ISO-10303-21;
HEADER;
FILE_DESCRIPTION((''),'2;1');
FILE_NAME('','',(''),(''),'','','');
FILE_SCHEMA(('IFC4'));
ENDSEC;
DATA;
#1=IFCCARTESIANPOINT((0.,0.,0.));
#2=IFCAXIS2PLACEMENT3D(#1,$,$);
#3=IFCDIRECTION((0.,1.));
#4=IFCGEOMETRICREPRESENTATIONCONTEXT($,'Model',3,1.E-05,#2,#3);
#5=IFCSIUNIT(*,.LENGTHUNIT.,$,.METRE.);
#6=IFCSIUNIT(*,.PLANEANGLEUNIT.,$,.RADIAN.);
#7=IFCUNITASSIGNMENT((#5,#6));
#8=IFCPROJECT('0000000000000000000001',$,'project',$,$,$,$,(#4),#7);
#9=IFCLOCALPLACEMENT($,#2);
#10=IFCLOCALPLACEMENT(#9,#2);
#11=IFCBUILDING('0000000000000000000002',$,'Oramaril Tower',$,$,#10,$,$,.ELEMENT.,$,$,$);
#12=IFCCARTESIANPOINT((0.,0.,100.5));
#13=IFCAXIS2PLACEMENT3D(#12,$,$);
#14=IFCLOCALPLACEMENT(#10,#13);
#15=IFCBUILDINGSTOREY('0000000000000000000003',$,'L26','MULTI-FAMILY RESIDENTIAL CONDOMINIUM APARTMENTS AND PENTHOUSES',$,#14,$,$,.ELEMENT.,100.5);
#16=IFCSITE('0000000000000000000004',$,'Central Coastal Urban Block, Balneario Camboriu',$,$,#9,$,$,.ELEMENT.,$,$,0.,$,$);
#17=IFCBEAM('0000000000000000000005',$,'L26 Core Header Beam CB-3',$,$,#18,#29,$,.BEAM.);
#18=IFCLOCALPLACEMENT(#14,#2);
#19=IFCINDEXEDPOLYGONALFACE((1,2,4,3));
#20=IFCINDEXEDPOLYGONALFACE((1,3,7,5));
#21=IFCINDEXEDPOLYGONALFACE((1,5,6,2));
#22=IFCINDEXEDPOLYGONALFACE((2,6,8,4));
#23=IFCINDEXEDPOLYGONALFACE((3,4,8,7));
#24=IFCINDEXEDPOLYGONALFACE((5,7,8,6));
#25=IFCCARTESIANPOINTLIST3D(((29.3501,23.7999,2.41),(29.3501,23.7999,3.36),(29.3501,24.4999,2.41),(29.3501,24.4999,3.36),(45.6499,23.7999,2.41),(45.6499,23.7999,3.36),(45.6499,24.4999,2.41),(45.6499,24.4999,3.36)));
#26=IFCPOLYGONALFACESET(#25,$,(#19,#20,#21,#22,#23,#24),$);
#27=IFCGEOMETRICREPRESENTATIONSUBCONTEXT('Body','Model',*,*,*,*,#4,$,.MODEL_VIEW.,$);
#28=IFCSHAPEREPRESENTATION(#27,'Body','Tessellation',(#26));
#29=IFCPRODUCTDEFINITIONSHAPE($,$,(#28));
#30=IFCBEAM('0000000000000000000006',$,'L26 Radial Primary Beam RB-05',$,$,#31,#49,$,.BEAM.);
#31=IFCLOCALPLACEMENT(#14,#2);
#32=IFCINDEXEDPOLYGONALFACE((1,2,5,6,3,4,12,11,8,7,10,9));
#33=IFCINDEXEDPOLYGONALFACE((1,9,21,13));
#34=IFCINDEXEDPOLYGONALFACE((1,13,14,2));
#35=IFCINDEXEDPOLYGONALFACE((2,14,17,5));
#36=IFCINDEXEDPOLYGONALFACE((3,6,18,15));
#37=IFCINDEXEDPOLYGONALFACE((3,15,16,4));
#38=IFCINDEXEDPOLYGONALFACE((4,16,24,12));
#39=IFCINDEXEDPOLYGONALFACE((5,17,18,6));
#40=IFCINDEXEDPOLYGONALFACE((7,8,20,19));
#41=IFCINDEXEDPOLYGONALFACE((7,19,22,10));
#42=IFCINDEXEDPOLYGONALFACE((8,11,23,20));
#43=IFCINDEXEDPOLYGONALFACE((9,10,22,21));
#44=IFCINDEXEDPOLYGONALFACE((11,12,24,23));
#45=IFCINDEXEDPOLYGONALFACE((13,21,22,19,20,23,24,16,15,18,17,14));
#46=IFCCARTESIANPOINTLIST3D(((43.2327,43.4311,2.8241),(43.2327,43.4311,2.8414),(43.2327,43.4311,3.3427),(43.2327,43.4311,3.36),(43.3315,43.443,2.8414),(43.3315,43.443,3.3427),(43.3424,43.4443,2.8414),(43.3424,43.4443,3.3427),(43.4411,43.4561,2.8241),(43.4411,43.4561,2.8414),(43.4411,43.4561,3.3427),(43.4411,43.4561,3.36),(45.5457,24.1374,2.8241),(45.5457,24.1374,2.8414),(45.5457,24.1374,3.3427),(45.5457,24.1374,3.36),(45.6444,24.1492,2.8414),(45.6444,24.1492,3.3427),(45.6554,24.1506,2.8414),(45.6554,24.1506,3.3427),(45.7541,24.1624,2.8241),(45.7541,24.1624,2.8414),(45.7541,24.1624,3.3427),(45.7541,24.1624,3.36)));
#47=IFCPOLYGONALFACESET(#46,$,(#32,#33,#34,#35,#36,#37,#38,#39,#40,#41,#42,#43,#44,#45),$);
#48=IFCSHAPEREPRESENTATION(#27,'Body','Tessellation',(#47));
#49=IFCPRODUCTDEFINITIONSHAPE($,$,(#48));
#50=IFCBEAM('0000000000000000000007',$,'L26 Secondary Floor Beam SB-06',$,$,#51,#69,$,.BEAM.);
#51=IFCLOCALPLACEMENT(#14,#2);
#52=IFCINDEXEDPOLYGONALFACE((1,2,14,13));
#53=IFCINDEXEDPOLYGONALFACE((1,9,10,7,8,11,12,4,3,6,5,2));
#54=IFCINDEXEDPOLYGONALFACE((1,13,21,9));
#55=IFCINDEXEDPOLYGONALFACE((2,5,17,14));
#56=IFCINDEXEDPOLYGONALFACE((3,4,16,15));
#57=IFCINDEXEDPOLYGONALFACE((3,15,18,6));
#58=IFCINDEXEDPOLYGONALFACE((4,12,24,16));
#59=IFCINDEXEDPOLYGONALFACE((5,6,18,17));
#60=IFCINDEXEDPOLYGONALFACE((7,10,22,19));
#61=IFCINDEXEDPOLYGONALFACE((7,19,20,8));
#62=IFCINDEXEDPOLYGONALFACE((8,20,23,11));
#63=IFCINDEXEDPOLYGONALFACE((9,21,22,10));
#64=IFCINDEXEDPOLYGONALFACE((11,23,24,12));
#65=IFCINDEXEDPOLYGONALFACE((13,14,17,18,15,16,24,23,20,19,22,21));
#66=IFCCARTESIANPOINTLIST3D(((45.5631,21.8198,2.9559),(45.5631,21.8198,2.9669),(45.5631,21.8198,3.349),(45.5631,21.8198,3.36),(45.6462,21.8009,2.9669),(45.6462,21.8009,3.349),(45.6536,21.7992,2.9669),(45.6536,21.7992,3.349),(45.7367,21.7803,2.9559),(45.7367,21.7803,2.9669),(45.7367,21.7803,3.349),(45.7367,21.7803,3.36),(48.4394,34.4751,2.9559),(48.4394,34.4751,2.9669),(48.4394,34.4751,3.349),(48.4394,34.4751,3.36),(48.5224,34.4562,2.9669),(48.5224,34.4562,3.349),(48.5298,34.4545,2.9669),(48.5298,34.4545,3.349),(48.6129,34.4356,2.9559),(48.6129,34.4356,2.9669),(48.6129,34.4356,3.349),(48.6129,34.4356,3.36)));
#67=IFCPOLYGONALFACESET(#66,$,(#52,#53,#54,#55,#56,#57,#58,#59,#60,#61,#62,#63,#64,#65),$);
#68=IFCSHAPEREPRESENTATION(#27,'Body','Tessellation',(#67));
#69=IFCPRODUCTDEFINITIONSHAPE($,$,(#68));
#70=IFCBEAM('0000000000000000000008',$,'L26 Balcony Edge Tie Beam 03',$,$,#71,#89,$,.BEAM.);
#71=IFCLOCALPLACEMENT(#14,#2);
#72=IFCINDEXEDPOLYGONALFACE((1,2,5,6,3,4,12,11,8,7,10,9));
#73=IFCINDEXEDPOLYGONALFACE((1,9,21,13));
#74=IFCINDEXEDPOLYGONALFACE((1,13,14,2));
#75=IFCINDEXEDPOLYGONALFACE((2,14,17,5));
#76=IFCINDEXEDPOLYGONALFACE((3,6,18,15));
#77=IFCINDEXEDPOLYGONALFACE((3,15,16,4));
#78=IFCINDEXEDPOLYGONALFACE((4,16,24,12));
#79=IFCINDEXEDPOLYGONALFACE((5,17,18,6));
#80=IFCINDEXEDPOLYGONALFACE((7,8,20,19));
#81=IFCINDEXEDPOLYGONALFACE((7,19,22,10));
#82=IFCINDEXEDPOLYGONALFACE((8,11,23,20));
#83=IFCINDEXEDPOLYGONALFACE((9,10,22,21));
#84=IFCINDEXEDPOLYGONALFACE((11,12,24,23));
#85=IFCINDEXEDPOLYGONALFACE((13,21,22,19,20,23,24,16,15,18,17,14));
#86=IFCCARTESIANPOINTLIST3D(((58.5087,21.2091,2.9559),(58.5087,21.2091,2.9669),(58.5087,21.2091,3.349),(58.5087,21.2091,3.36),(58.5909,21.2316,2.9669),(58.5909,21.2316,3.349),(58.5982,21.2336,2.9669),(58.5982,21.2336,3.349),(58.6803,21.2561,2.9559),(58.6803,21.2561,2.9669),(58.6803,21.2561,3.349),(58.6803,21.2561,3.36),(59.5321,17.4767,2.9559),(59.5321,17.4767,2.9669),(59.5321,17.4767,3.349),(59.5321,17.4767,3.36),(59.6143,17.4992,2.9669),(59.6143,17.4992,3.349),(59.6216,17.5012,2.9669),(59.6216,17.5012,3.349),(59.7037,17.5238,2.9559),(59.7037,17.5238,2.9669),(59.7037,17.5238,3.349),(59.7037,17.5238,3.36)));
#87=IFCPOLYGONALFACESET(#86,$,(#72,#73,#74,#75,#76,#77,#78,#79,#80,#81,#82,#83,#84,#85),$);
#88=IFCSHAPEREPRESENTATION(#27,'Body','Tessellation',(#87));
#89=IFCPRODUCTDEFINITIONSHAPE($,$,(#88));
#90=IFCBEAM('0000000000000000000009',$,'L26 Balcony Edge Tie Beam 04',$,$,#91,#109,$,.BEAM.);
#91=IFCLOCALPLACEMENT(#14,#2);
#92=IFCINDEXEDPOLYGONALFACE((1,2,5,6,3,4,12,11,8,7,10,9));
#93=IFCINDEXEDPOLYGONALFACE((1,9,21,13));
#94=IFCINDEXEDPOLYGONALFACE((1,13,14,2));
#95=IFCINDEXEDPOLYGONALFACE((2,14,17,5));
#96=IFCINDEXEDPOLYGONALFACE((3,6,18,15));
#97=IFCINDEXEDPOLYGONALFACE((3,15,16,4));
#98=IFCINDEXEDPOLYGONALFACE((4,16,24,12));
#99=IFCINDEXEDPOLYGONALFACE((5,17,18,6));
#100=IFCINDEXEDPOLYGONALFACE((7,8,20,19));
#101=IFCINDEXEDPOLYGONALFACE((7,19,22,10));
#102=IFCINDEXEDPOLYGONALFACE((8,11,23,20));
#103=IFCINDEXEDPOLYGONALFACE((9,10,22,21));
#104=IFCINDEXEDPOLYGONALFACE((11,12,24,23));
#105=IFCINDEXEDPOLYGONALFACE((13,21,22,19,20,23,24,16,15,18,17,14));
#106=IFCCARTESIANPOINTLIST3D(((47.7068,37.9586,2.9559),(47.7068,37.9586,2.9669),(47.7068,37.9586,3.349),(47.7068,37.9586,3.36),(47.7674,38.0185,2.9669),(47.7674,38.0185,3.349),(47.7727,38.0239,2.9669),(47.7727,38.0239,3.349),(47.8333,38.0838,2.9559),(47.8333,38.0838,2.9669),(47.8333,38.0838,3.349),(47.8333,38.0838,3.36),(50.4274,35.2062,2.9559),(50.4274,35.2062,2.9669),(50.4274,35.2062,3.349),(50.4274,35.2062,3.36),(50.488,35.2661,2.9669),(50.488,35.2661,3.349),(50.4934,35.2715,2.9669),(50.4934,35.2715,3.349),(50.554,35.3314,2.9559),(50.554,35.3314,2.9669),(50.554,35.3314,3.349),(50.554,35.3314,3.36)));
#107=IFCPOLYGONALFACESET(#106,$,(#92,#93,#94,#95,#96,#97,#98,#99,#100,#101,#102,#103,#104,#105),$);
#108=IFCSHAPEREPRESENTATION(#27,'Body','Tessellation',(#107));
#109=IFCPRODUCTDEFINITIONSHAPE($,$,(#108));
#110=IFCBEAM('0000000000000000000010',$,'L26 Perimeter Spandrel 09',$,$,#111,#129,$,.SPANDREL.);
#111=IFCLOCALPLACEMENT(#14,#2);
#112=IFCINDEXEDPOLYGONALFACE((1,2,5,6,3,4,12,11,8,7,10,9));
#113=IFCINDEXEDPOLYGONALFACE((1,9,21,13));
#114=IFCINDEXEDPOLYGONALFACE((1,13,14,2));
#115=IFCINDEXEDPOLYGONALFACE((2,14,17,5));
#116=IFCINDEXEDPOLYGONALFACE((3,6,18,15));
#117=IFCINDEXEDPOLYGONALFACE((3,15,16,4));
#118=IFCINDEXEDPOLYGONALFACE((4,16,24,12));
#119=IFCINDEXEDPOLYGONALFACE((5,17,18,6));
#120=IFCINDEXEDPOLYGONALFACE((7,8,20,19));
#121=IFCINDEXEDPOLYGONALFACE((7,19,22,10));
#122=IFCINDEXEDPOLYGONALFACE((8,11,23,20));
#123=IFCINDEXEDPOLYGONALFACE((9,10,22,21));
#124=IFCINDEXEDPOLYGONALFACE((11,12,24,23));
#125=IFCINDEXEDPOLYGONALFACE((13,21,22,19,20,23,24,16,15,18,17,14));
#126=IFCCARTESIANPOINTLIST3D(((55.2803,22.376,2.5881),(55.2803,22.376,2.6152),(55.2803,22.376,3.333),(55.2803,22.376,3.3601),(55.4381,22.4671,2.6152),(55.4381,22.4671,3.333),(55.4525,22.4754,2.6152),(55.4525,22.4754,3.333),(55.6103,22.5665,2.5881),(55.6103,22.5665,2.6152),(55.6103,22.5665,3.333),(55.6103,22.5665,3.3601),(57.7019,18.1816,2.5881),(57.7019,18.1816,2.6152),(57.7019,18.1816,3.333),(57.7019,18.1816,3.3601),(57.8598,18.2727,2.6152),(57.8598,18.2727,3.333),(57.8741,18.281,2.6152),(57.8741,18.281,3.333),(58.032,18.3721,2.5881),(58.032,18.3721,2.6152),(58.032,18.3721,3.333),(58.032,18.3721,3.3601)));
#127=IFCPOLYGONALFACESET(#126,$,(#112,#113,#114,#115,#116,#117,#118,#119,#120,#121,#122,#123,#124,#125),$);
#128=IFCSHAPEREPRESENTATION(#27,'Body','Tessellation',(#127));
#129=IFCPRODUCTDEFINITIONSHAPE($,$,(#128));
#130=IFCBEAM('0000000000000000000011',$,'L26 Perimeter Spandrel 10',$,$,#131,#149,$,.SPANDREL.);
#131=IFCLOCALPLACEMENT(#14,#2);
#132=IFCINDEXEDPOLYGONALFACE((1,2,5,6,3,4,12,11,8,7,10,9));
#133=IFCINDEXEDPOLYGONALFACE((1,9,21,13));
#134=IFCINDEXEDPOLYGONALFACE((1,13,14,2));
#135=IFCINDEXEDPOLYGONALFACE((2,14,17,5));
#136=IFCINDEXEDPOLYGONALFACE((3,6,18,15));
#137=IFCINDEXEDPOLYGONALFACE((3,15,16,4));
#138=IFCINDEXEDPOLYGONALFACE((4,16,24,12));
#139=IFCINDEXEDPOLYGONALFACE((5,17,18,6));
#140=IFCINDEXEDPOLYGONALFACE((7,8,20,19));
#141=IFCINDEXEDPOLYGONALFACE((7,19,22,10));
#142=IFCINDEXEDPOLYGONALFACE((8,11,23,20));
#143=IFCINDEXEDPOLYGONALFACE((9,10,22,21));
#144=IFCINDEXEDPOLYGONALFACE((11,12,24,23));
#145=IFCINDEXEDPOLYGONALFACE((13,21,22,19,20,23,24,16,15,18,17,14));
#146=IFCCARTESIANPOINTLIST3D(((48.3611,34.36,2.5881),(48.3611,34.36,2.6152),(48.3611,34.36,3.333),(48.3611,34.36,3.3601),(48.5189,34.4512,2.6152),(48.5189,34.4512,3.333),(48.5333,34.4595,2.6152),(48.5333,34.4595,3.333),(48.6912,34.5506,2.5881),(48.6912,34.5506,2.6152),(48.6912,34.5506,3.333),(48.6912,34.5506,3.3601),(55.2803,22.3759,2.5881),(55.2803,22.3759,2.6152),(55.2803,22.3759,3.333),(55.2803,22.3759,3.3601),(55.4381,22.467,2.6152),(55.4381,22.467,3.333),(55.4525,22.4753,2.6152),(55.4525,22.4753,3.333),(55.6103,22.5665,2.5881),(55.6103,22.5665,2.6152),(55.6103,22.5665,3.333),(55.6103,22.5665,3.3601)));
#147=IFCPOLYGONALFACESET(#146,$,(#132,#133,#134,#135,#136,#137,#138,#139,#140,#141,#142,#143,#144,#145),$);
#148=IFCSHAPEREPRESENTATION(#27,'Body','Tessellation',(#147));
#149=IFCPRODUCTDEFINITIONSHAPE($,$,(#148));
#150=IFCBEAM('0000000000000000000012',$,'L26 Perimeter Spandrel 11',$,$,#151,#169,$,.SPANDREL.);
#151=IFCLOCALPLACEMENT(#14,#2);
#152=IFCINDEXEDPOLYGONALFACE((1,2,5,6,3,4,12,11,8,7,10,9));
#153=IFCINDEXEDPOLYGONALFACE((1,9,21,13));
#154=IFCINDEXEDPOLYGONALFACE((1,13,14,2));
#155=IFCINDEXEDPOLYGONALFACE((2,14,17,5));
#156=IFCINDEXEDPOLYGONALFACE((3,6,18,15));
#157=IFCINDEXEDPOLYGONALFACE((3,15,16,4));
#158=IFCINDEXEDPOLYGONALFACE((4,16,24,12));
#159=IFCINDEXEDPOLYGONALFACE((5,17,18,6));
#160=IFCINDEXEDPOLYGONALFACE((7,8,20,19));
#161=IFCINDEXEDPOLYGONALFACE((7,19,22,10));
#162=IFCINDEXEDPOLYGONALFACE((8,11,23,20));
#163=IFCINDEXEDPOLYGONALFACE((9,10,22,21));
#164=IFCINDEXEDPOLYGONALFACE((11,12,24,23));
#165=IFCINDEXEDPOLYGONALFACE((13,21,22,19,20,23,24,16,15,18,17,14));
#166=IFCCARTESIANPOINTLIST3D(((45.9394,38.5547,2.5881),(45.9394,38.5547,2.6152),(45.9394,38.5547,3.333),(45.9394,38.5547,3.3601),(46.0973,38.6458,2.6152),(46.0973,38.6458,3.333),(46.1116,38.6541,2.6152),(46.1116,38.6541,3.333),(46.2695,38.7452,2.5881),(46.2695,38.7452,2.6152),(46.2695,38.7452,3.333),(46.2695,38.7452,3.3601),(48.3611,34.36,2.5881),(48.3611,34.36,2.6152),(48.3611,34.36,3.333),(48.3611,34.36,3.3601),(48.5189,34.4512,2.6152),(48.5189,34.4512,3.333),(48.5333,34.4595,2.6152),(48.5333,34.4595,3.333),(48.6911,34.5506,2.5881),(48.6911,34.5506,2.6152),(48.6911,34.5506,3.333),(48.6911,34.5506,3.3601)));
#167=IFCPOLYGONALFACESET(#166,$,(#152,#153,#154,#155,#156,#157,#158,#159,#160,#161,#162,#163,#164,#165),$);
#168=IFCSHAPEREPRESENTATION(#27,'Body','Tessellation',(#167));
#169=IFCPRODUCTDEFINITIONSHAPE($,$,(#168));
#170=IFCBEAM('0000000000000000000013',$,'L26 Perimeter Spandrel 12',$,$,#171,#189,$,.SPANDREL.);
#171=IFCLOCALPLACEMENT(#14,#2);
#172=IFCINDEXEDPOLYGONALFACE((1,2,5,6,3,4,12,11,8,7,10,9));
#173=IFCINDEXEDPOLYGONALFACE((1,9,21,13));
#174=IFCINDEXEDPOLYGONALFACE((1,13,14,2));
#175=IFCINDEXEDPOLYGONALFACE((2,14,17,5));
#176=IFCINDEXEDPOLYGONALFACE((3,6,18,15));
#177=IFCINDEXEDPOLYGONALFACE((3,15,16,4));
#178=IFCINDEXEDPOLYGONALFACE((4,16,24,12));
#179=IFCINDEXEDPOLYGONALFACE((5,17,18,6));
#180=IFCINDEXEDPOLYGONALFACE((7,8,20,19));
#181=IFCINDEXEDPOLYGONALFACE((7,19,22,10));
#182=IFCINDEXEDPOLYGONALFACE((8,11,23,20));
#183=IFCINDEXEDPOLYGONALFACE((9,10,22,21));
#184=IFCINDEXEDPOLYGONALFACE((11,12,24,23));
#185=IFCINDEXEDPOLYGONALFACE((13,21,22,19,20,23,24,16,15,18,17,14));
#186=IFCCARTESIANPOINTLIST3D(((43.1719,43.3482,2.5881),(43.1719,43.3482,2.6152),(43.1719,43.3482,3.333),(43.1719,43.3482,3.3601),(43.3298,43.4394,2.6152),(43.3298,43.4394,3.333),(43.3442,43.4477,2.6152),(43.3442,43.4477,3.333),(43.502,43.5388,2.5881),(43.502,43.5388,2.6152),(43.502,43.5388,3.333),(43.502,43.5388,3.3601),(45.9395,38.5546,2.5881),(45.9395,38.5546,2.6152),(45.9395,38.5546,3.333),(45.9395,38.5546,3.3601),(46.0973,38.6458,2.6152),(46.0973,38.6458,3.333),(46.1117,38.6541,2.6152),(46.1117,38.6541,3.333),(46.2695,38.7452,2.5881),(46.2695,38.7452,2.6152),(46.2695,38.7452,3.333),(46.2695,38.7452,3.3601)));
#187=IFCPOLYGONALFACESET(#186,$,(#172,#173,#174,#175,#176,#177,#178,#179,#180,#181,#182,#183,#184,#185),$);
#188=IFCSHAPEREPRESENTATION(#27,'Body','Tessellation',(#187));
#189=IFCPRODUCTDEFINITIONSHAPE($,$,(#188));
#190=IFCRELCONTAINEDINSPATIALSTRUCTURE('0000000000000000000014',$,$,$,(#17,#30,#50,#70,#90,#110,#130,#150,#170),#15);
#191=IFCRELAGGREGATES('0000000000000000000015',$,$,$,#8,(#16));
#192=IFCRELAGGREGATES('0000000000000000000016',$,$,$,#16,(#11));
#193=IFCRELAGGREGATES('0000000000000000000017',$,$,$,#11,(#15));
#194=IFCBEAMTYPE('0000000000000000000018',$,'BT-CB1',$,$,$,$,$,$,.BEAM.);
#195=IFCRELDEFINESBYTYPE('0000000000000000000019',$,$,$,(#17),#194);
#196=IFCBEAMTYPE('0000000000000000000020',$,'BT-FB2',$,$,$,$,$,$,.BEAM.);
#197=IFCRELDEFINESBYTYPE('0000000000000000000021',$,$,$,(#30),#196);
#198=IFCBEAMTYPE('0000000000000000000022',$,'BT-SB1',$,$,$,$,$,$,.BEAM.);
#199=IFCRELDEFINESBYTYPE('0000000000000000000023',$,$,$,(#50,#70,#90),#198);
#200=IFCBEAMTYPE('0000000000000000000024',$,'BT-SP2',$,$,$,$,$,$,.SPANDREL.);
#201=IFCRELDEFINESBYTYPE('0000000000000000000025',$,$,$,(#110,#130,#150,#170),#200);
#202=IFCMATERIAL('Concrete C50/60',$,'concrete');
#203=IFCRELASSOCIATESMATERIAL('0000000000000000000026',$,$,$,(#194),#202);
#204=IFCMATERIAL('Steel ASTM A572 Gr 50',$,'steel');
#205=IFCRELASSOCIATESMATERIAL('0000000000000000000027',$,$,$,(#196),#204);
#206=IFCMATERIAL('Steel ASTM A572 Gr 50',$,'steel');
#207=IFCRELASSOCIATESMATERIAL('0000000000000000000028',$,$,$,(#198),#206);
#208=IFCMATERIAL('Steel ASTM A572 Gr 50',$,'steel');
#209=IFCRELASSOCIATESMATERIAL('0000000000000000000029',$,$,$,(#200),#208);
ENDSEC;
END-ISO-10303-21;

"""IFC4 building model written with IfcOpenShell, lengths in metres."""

from ifc_helpers import new_model, si_unit, direction, frame, origin, origin_2d, place, context, subcontext, project, spatial, rectangle, i_section, extrude, material, material_profile, profile_set, type_object, element, save


model = new_model("IFC4")

# Units and contexts
model_context = context("Model", 3, precision=1e-05, world=origin(), true_north=direction((0.0, 1.0)))
body_context = subcontext(model_context, "Body", "Model", "MODEL_VIEW")
ifc_project = project(units=[si_unit("LENGTHUNIT", "METRE"), si_unit("PLANEANGLEUNIT", "RADIAN")], contexts=[model_context])

# Site, building, storey
site_placement = place(None, origin())
site = spatial("IfcSite", under=ifc_project, at=site_placement, Name="Central Coastal Urban Block, Balneario Camboriu", CompositionType="ELEMENT", RefElevation=0.0)
building_placement = place(site_placement, origin())
building = spatial("IfcBuilding", under=site, at=building_placement, Name="Oramaril Tower", CompositionType="ELEMENT")
storey_placement = place(building_placement, frame((0.0, 0.0, 100.5)))
storey = spatial("IfcBuildingStorey", under=building, at=storey_placement, Name="L26", Description="MULTI-FAMILY RESIDENTIAL CONDOMINIUM APARTMENTS AND PENTHOUSES", CompositionType="ELEMENT", Elevation=100.5)

# Beams
ifc_material_1 = material(Name="Concrete C50/60", Category="concrete")
ifc_material_profile_1 = material_profile(ifc_material_1, rectangle(XDim=0.7, YDim=0.95, at=origin_2d()), Name="CB700X950")
ifc_profile_set_1 = profile_set([ifc_material_profile_1], Name="Concrete C50/60")
beam_type_1 = type_object("IfcBeamType", Name="BT-CB1", PredefinedType="BEAM", material=ifc_profile_set_1)
beam_1_placement = place(storey_placement, frame((45.6499, 24.1499, 2.885), z_axis=(-1.0, 0.0, 0.0), x_axis=(0.0, -1.0, 0.0)))
element("IfcBeam", 1, at=beam_1_placement, inside=storey, type_object=beam_type_1, Name="L26 Core Header Beam CB-3", PredefinedType="BEAM", context=body_context, shape_type="SweptSolid", body=[
    extrude(rectangle(XDim=0.7, YDim=0.95, at=origin_2d()), origin(), (0.0, 0.0, 1.0), 16.2998),
])
ifc_material_2 = material(Name="Steel ASTM A572 Gr 50", Category="steel")
ifc_material_profile_2 = material_profile(ifc_material_2, i_section(OverallWidth=0.21, OverallDepth=0.5359, WebThickness=0.011, FlangeThickness=0.0173, at=origin_2d()), Name="W21X68")
ifc_profile_set_2 = profile_set([ifc_material_profile_2], Name="Steel ASTM A572 Gr 50")
beam_type_2 = type_object("IfcBeamType", Name="BT-FB2", PredefinedType="BEAM", material=ifc_profile_set_2)
beam_2_placement = place(storey_placement, frame((45.6499, 24.1499, 3.092), z_axis=(-0.119031, 0.992891, 0.0), x_axis=(-0.992891, -0.119031, 0.0)))
element("IfcBeam", 2, at=beam_2_placement, inside=storey, type_object=beam_type_2, Name="L26 Radial Primary Beam RB-05", PredefinedType="BEAM", context=body_context, shape_type="SweptSolid", body=[
    extrude(i_section(OverallWidth=0.21, OverallDepth=0.5359, WebThickness=0.011, FlangeThickness=0.0173, at=origin_2d()), origin(), (0.0, 0.0, 1.0), 19.4319),
])
ifc_material_3 = material(Name="Steel ASTM A572 Gr 50", Category="steel")
ifc_material_profile_3 = material_profile(ifc_material_3, i_section(OverallWidth=0.178, OverallDepth=0.4041, WebThickness=0.0076, FlangeThickness=0.011, at=origin_2d()), Name="W16X36")
ifc_profile_set_3 = profile_set([ifc_material_profile_3], Name="Steel ASTM A572 Gr 50")
beam_type_3 = type_object("IfcBeamType", Name="BT-SB1", PredefinedType="BEAM", material=ifc_profile_set_3)
beam_3_placement = place(storey_placement, frame((45.6499, 21.8, 3.158), z_axis=(0.221623, 0.975132, 0.0), x_axis=(-0.975132, 0.221623, 0.0)))
element("IfcBeam", 3, at=beam_3_placement, inside=storey, type_object=beam_type_3, Name="L26 Secondary Floor Beam SB-06", PredefinedType="BEAM", context=body_context, shape_type="SweptSolid", body=[
    extrude(i_section(OverallWidth=0.178, OverallDepth=0.4041, WebThickness=0.0076, FlangeThickness=0.011, at=origin_2d()), origin(), (0.0, 0.0, 1.0), 12.978),
])
for number, where, z_axis, x_axis, name in (
    (4, (59.6179, 17.5002, 3.158), (-0.264441, 0.964402, 0.0), (-0.964402, -0.264441, 0.0), "L26 Balcony Edge Tie Beam 03"),
    (5, (50.4907, 35.2688, 3.158), (-0.702995, 0.711195, 0.0), (-0.711195, -0.702995, 0.0), "L26 Balcony Edge Tie Beam 04"),
):
    element("IfcBeam", number, at=place(storey_placement, frame(where, z_axis=z_axis, x_axis=x_axis)), inside=storey, type_object=beam_type_3, Name=name, PredefinedType="BEAM", context=body_context, shape_type="SweptSolid", body=[
        extrude(i_section(OverallWidth=0.178, OverallDepth=0.4041, WebThickness=0.0076, FlangeThickness=0.011, at=origin_2d()), origin(), (0.0, 0.0, 1.0), 3.8701),
    ])
ifc_material_4 = material(Name="Steel ASTM A572 Gr 50", Category="steel")
ifc_material_profile_4 = material_profile(ifc_material_4, i_section(OverallWidth=0.3811, OverallDepth=0.772, WebThickness=0.0166, FlangeThickness=0.0271, at=origin_2d()), Name="W30X173")
ifc_profile_set_4 = profile_set([ifc_material_profile_4], Name="Steel ASTM A572 Gr 50")
beam_type_4 = type_object("IfcBeamType", Name="BT-SP2", PredefinedType="SPANDREL", material=ifc_profile_set_4)
beam_4_placement = place(storey_placement, frame((57.8669, 18.2769, 2.9741), z_axis=(-0.500005, 0.866023, 0.0), x_axis=(-0.866023, -0.500005, 0.0)))
element("IfcBeam", 6, at=beam_4_placement, inside=storey, type_object=beam_type_4, Name="L26 Perimeter Spandrel 09", PredefinedType="SPANDREL", context=body_context, shape_type="SweptSolid", body=[
    extrude(i_section(OverallWidth=0.3811, OverallDepth=0.772, WebThickness=0.0166, FlangeThickness=0.0271, at=origin_2d()), origin(), (0.0, 0.0, 1.0), 4.8433),
])
beam_5_placement = place(storey_placement, frame((55.4453, 22.4712, 2.9741), z_axis=(-0.500008, 0.866021, 0.0), x_axis=(-0.866021, -0.500008, 0.0)))
element("IfcBeam", 7, at=beam_5_placement, inside=storey, type_object=beam_type_4, Name="L26 Perimeter Spandrel 10", PredefinedType="SPANDREL", context=body_context, shape_type="SweptSolid", body=[
    extrude(i_section(OverallWidth=0.3811, OverallDepth=0.772, WebThickness=0.0166, FlangeThickness=0.0271, at=origin_2d()), origin(), (0.0, 0.0, 1.0), 13.8381),
])
beam_6_placement = place(storey_placement, frame((48.5261, 34.4553, 2.9741), z_axis=(-0.499983, 0.866035, 0.0), x_axis=(-0.866035, -0.499983, 0.0)))
element("IfcBeam", 8, at=beam_6_placement, inside=storey, type_object=beam_type_4, Name="L26 Perimeter Spandrel 11", PredefinedType="SPANDREL", context=body_context, shape_type="SweptSolid", body=[
    extrude(i_section(OverallWidth=0.3811, OverallDepth=0.772, WebThickness=0.0166, FlangeThickness=0.0271, at=origin_2d()), origin(), (0.0, 0.0, 1.0), 4.8435),
])
beam_7_placement = place(storey_placement, frame((46.1045, 38.6499, 2.9741), z_axis=(-0.499991, 0.866031, 0.0), x_axis=(-0.866031, -0.499991, 0.0)))
element("IfcBeam", 9, at=beam_7_placement, inside=storey, type_object=beam_type_4, Name="L26 Perimeter Spandrel 12", PredefinedType="SPANDREL", context=body_context, shape_type="SweptSolid", body=[
    extrude(i_section(OverallWidth=0.3811, OverallDepth=0.772, WebThickness=0.0166, FlangeThickness=0.0271, at=origin_2d()), origin(), (0.0, 0.0, 1.0), 5.5352),
])

save(model, "model.ifc")
